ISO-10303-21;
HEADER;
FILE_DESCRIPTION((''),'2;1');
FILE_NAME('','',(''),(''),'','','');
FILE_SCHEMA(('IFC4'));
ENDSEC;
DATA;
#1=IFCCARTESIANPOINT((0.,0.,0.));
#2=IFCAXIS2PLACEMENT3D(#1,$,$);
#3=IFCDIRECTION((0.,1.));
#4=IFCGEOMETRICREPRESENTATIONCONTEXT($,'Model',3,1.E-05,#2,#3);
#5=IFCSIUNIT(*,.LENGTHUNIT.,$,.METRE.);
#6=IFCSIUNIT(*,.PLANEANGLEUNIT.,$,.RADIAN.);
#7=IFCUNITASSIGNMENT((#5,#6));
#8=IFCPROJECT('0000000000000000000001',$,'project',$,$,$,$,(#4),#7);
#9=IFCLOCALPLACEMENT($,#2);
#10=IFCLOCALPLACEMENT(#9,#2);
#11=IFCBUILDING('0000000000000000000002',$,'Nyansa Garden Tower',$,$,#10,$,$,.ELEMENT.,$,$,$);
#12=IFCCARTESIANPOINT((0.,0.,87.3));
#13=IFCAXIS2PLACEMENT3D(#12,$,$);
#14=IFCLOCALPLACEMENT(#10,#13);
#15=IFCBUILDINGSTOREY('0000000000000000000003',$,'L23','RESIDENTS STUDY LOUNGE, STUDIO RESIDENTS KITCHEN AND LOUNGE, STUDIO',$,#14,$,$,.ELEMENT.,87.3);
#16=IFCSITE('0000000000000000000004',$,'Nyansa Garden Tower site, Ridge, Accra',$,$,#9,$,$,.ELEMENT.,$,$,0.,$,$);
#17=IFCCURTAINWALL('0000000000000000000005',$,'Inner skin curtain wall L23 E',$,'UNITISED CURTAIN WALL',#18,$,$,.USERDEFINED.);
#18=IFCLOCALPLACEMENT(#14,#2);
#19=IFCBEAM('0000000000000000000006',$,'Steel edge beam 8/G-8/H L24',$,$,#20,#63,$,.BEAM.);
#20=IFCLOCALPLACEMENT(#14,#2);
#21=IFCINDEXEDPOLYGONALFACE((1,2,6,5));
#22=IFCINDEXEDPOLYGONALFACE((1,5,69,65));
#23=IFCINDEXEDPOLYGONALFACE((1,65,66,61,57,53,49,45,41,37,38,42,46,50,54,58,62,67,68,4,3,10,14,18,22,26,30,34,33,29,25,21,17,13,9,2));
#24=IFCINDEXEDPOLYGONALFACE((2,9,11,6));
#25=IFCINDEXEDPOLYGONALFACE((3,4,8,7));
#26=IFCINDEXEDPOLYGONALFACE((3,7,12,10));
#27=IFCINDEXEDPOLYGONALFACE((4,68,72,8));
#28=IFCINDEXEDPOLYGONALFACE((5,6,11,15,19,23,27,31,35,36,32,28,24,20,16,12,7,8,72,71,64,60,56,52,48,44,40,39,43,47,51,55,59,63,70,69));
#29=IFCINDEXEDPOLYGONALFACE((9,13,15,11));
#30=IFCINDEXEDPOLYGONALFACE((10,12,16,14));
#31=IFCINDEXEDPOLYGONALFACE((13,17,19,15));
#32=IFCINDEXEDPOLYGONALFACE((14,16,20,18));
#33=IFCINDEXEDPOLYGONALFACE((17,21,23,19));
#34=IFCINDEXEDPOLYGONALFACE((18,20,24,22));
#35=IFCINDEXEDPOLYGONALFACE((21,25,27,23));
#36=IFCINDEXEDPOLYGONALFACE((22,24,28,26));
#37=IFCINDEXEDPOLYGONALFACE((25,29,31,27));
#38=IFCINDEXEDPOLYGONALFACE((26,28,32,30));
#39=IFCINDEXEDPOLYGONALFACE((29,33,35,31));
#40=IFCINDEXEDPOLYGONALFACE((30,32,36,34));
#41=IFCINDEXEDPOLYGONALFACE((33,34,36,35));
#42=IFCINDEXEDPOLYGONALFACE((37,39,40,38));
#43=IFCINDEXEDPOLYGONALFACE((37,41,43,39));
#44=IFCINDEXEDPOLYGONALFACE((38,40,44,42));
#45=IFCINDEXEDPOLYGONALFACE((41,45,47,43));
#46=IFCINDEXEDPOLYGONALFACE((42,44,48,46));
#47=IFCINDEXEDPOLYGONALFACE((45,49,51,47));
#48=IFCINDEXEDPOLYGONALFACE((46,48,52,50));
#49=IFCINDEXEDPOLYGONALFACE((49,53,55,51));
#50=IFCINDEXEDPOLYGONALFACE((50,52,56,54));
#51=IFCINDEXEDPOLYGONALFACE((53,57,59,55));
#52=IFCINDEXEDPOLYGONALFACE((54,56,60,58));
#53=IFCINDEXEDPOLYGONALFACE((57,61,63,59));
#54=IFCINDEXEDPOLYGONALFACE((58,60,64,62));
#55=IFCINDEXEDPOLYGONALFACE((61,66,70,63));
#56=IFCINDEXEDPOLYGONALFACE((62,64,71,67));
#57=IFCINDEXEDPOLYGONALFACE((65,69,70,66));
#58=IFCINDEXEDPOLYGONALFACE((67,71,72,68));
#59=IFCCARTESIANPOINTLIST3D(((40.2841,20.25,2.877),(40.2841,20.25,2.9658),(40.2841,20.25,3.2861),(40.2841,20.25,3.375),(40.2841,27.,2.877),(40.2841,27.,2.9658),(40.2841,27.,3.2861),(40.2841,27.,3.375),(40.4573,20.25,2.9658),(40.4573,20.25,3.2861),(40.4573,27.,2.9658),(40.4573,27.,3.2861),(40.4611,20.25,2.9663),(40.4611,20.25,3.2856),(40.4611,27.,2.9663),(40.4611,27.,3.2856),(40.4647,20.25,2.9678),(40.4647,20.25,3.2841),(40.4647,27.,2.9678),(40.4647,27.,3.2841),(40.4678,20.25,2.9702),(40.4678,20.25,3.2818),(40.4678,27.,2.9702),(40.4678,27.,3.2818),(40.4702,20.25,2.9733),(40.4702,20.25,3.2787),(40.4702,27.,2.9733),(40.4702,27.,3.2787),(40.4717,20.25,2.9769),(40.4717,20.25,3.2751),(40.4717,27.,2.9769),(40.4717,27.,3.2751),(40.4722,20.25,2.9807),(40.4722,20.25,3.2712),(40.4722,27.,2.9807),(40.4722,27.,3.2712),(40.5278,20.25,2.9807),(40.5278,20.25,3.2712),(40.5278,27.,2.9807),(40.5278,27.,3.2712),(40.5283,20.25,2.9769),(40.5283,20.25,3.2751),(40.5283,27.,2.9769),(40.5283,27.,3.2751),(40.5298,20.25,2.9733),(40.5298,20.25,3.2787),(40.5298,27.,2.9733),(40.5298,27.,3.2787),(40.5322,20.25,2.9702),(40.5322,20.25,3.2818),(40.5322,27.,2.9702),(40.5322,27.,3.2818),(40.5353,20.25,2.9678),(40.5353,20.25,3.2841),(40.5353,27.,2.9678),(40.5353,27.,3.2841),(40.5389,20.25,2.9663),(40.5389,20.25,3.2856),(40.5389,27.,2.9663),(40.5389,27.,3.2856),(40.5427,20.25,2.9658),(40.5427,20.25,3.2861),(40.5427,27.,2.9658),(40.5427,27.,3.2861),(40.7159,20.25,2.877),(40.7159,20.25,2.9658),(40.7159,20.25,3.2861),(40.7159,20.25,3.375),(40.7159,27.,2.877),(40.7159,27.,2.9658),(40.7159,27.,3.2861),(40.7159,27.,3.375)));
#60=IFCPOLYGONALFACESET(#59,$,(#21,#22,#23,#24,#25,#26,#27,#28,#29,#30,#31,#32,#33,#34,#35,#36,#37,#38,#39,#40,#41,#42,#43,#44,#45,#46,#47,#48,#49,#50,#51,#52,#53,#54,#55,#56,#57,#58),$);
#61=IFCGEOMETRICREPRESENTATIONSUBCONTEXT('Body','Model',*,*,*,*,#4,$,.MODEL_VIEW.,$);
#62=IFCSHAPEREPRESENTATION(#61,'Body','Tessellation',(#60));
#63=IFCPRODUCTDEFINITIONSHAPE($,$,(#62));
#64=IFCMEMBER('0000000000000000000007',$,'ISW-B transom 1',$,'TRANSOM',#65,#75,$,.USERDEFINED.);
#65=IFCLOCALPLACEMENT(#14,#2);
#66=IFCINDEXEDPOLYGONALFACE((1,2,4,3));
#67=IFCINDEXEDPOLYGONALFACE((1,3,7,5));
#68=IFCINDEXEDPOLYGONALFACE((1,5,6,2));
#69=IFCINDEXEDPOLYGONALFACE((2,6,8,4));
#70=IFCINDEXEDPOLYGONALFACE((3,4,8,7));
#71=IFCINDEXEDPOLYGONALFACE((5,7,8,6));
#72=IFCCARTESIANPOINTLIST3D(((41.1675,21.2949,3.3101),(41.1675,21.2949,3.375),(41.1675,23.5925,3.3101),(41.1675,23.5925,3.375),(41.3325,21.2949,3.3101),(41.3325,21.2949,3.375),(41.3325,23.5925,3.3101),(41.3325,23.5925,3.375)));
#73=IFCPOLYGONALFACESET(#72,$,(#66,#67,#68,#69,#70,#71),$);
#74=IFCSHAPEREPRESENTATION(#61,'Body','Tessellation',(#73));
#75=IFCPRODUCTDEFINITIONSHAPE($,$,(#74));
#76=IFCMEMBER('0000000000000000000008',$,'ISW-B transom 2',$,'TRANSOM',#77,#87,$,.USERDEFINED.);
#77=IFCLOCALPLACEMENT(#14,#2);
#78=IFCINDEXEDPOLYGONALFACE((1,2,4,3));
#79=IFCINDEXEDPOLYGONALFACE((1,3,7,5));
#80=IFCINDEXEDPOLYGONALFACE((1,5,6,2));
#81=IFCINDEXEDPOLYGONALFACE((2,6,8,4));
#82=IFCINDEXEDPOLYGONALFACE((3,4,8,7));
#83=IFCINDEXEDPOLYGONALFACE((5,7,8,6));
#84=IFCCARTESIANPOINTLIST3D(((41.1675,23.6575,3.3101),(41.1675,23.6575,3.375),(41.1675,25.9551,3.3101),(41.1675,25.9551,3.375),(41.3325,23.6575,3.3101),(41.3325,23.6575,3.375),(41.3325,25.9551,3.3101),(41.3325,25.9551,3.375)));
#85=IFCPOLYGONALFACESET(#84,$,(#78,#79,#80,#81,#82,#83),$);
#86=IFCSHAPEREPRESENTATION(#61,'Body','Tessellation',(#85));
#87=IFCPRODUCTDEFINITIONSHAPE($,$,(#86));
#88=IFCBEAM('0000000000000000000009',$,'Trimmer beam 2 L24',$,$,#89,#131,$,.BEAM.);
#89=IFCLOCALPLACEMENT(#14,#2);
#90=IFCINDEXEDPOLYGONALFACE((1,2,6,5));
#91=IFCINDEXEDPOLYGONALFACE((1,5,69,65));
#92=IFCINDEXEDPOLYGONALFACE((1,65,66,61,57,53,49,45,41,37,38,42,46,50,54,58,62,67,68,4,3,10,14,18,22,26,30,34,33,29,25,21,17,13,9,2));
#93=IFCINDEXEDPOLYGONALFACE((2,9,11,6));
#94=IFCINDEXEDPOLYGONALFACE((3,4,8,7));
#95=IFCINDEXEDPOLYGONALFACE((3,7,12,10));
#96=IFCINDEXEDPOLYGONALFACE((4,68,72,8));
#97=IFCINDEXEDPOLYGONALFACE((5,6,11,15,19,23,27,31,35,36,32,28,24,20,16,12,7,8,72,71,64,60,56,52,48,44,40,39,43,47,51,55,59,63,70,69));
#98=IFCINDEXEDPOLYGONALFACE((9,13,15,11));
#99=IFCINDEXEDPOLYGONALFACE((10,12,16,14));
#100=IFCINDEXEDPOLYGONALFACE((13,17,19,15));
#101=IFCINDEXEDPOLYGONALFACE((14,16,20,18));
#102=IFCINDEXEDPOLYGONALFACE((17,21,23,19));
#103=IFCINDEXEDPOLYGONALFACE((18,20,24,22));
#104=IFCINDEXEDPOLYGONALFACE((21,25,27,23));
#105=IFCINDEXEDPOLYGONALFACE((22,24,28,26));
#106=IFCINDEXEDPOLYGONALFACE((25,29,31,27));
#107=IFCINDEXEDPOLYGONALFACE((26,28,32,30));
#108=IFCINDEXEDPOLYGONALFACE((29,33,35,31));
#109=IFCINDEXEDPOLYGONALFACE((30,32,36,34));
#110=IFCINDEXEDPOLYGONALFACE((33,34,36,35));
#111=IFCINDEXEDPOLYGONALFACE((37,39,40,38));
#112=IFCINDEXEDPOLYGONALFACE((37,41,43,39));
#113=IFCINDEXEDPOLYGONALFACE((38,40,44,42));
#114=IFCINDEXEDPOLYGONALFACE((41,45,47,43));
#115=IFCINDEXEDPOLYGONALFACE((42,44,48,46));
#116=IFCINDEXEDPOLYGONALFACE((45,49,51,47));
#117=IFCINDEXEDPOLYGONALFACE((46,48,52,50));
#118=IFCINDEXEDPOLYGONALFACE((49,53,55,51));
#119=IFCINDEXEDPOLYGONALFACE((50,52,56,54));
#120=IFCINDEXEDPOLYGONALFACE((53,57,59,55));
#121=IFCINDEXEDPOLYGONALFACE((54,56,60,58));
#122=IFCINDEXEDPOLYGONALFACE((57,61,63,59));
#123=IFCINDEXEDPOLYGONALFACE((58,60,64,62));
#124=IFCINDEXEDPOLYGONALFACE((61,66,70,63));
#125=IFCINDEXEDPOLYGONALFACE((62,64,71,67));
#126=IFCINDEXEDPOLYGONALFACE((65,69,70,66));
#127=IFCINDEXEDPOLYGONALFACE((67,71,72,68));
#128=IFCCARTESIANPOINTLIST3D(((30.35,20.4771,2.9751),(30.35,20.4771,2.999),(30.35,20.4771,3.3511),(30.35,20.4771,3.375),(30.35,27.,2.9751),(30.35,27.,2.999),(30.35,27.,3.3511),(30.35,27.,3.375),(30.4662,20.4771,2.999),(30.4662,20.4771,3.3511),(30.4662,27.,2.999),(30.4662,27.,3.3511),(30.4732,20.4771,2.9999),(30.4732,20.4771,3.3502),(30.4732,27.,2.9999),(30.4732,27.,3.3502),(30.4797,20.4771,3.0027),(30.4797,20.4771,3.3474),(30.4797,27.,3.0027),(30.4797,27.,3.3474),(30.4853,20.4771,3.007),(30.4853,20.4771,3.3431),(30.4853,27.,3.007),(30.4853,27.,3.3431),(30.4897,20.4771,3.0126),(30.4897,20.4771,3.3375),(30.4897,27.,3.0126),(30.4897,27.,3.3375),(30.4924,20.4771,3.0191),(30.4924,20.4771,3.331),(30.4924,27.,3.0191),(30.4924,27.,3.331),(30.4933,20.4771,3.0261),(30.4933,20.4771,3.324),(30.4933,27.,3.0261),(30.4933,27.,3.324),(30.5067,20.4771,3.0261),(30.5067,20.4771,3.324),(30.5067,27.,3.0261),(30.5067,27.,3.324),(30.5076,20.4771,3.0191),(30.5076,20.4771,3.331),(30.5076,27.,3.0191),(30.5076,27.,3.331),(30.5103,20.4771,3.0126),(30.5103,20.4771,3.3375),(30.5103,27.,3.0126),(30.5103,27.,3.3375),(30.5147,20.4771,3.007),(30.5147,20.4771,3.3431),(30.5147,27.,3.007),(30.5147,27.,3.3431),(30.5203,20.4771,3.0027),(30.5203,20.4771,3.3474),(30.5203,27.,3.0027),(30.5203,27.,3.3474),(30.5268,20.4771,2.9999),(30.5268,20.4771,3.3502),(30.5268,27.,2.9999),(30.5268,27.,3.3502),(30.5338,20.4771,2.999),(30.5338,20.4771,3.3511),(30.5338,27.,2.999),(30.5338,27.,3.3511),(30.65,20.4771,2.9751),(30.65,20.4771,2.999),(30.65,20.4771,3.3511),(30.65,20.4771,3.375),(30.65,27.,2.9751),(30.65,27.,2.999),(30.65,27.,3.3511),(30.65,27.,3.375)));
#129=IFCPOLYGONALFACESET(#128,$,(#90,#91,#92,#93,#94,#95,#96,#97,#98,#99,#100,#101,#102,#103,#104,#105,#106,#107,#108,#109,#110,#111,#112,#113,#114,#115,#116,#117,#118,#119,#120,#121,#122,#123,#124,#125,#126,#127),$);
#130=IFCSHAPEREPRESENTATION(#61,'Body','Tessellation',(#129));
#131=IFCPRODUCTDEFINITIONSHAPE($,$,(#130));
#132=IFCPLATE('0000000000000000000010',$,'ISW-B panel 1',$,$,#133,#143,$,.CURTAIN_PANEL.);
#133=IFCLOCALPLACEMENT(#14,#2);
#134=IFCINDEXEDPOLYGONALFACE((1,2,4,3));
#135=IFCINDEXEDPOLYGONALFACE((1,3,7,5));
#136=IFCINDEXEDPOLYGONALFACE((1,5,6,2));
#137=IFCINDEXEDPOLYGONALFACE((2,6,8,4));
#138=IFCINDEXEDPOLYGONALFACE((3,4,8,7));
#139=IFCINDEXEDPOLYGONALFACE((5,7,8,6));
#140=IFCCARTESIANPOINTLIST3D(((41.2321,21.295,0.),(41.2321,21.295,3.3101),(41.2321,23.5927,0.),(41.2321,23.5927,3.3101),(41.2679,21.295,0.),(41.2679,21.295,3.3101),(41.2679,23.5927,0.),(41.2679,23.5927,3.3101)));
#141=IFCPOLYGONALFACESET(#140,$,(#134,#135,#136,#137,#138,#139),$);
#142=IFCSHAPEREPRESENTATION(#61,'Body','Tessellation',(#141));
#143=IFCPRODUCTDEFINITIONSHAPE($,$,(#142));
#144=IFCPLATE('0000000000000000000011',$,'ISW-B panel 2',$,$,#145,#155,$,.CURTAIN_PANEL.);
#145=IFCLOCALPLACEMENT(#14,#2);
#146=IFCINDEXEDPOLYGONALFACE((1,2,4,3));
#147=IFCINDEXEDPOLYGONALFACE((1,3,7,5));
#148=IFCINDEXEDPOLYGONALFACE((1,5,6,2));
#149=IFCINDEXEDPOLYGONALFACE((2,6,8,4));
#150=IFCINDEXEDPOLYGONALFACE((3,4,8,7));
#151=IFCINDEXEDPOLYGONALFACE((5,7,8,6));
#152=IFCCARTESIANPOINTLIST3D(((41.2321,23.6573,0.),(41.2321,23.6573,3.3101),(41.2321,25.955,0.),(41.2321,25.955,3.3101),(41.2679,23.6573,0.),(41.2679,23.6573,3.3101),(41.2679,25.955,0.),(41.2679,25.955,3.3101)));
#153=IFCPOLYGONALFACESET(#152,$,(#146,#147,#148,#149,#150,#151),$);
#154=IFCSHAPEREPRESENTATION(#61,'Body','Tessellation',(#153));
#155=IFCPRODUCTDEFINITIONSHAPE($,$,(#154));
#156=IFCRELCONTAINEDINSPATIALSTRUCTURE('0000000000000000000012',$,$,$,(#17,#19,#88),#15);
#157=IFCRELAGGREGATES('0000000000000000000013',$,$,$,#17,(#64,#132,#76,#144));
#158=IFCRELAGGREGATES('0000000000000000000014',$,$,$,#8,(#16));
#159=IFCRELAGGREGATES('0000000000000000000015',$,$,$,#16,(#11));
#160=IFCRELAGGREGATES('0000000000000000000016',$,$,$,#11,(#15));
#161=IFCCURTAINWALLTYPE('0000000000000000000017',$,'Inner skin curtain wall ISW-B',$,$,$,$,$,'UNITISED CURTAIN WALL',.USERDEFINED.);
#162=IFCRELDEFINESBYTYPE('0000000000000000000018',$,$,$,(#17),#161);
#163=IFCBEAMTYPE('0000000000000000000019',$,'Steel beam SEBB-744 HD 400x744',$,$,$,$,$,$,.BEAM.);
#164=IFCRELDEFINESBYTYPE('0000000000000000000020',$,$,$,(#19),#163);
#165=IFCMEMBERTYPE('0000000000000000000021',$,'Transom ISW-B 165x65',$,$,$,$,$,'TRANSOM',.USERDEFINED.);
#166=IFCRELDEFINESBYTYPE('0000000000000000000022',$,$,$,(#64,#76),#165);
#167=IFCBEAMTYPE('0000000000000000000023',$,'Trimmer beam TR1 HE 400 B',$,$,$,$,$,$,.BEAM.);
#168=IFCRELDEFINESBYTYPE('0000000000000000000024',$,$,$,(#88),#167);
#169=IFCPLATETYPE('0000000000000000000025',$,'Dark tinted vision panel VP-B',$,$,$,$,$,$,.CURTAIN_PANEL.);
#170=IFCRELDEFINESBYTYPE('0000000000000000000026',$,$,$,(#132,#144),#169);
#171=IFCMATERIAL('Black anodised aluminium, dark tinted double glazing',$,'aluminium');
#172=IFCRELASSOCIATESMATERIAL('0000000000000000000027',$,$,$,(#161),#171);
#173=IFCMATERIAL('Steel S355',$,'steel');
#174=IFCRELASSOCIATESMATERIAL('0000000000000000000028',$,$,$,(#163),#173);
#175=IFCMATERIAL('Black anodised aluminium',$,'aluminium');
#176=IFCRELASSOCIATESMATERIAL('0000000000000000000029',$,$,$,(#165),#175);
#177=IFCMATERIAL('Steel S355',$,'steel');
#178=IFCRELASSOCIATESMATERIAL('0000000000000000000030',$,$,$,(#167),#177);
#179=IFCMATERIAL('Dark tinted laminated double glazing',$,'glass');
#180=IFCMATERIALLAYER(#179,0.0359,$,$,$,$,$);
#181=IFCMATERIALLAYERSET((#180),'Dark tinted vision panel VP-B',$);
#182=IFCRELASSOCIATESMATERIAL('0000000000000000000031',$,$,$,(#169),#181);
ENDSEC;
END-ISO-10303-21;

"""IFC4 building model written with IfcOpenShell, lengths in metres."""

from ifc_helpers import new_model, si_unit, direction, frame, origin, origin_2d, place, context, subcontext, project, spatial, rectangle, i_section, extrude, material, layer, layer_set, material_profile, profile_set, type_object, element, aggregate, save


model = new_model("IFC4")

# Units and contexts
model_context = context("Model", 3, precision=1e-05, world=origin(), true_north=direction((0.0, 1.0)))
body_context = subcontext(model_context, "Body", "Model", "MODEL_VIEW")
ifc_project = project(units=[si_unit("LENGTHUNIT", "METRE"), si_unit("PLANEANGLEUNIT", "RADIAN")], contexts=[model_context])

# Site, building, storey
site_placement = place(None, origin())
site = spatial("IfcSite", under=ifc_project, at=site_placement, Name="Nyansa Garden Tower site, Ridge, Accra", CompositionType="ELEMENT", RefElevation=0.0)
building_placement = place(site_placement, origin())
building = spatial("IfcBuilding", under=site, at=building_placement, Name="Nyansa Garden Tower", CompositionType="ELEMENT")
storey_placement = place(building_placement, frame((0.0, 0.0, 87.3)))
storey = spatial("IfcBuildingStorey", under=building, at=storey_placement, Name="L23", Description="RESIDENTS STUDY LOUNGE, STUDIO RESIDENTS KITCHEN AND LOUNGE, STUDIO", CompositionType="ELEMENT", Elevation=87.3)

# Curtain wall
ifc_material_1 = material(Name="Black anodised aluminium, dark tinted double glazing", Category="aluminium")
curtain_wall_type = type_object("IfcCurtainWallType", Name="Inner skin curtain wall ISW-B", ElementType="UNITISED CURTAIN WALL", PredefinedType="USERDEFINED", material=ifc_material_1)
curtain_wall_placement = place(storey_placement, origin())
curtain_wall = element("IfcCurtainWall", 1, at=curtain_wall_placement, inside=storey, type_object=curtain_wall_type, Name="Inner skin curtain wall L23 E", ObjectType="UNITISED CURTAIN WALL", PredefinedType="USERDEFINED")

# Beam
ifc_material_2 = material(Name="Steel S355", Category="steel")
ifc_material_profile_1 = material_profile(ifc_material_2, i_section(OverallWidth=0.4319, OverallDepth=0.498, WebThickness=0.0557, FlangeThickness=0.0889, FilletRadius=0.0149, at=origin_2d()), Name="HD 400x744")
ifc_profile_set_1 = profile_set([ifc_material_profile_1], Name="Steel S355")
beam_type_1 = type_object("IfcBeamType", Name="Steel beam SEBB-744 HD 400x744", PredefinedType="BEAM", material=ifc_profile_set_1)
beam_1_placement = place(storey_placement, frame((40.5, 20.25, 3.126), z_axis=(0.0, 1.0, 0.0), x_axis=(-1.0, 0.0, 0.0)))
element("IfcBeam", 2, at=beam_1_placement, inside=storey, type_object=beam_type_1, Name="Steel edge beam 8/G-8/H L24", PredefinedType="BEAM", context=body_context, shape_type="SweptSolid", body=[
    extrude(i_section(OverallWidth=0.4319, OverallDepth=0.498, WebThickness=0.0557, FlangeThickness=0.0889, FilletRadius=0.0149, at=origin_2d()), origin(), (0.0, 0.0, 1.0), 6.75),
])

# Members
ifc_material_3 = material(Name="Black anodised aluminium", Category="aluminium")
ifc_material_profile_2 = material_profile(ifc_material_3, rectangle(XDim=0.165, YDim=0.0649, at=origin_2d()), Name="Transom 165x65")
ifc_profile_set_2 = profile_set([ifc_material_profile_2], Name="Black anodised aluminium")
member_type_1 = type_object("IfcMemberType", Name="Transom ISW-B 165x65", ElementType="TRANSOM", PredefinedType="USERDEFINED", material=ifc_profile_set_2)
member_1_placement = place(storey_placement, frame((41.25, 21.2949, 3.3425), z_axis=(0.0, 1.0, 0.0), x_axis=(-1.0, 0.0, 0.0)))
member_1 = element("IfcMember", 3, at=member_1_placement, type_object=member_type_1, Name="ISW-B transom 1", ObjectType="TRANSOM", PredefinedType="USERDEFINED", context=body_context, shape_type="SweptSolid", body=[
    extrude(rectangle(XDim=0.165, YDim=0.0649, at=origin_2d()), origin(), (0.0, 0.0, 1.0), 2.2976),
])
member_2_placement = place(storey_placement, frame((41.25, 23.6575, 3.3425), z_axis=(0.0, 1.0, 0.0), x_axis=(-1.0, 0.0, 0.0)))
member_2 = element("IfcMember", 4, at=member_2_placement, type_object=member_type_1, Name="ISW-B transom 2", ObjectType="TRANSOM", PredefinedType="USERDEFINED", context=body_context, shape_type="SweptSolid", body=[
    extrude(rectangle(XDim=0.165, YDim=0.0649, at=origin_2d()), origin(), (0.0, 0.0, 1.0), 2.2976),
])

# Beam
ifc_material_4 = material(Name="Steel S355", Category="steel")
ifc_material_profile_3 = material_profile(ifc_material_4, i_section(OverallWidth=0.3, OverallDepth=0.3999, WebThickness=0.0134, FlangeThickness=0.0239, FilletRadius=0.0271, at=origin_2d()), Name="HE 400 B")
ifc_profile_set_3 = profile_set([ifc_material_profile_3], Name="Steel S355")
beam_type_2 = type_object("IfcBeamType", Name="Trimmer beam TR1 HE 400 B", PredefinedType="BEAM", material=ifc_profile_set_3)
beam_2_placement = place(storey_placement, frame((30.5, 20.4771, 3.175), z_axis=(0.0, 1.0, 0.0), x_axis=(-1.0, 0.0, 0.0)))
element("IfcBeam", 5, at=beam_2_placement, inside=storey, type_object=beam_type_2, Name="Trimmer beam 2 L24", PredefinedType="BEAM", context=body_context, shape_type="SweptSolid", body=[
    extrude(i_section(OverallWidth=0.3, OverallDepth=0.3999, WebThickness=0.0134, FlangeThickness=0.0239, FilletRadius=0.0271, at=origin_2d()), origin(), (0.0, 0.0, 1.0), 6.5229),
])

# Plates
ifc_material_5 = material(Name="Dark tinted laminated double glazing", Category="glass")
ifc_layer_1 = layer(ifc_material_5, 0.0359)
ifc_layer_set_1 = layer_set([ifc_layer_1], Name="Dark tinted vision panel VP-B")
plate_type = type_object("IfcPlateType", Name="Dark tinted vision panel VP-B", PredefinedType="CURTAIN_PANEL", material=ifc_layer_set_1)
plate_1_placement = place(storey_placement, frame((41.25, 22.4438, 0.0), z_axis=(0.0, 0.0, 1.0), x_axis=(0.0, 1.0, 0.0)))
plate_1 = element("IfcPlate", 6, at=plate_1_placement, type_object=plate_type, Name="ISW-B panel 1", PredefinedType="CURTAIN_PANEL", context=body_context, shape_type="SweptSolid", body=[
    extrude(rectangle(XDim=2.2976, YDim=0.0359, at=origin_2d()), origin(), (0.0, 0.0, 1.0), 3.3101),
])
plate_2_placement = place(storey_placement, frame((41.25, 24.8062, 0.0), z_axis=(0.0, 0.0, 1.0), x_axis=(0.0, 1.0, 0.0)))
plate_2 = element("IfcPlate", 7, at=plate_2_placement, type_object=plate_type, Name="ISW-B panel 2", PredefinedType="CURTAIN_PANEL", context=body_context, shape_type="SweptSolid", body=[
    extrude(rectangle(XDim=2.2976, YDim=0.0359, at=origin_2d()), origin(), (0.0, 0.0, 1.0), 3.3101),
])
aggregate(curtain_wall, [member_1, plate_1, member_2, plate_2])

save(model, "model.ifc")
